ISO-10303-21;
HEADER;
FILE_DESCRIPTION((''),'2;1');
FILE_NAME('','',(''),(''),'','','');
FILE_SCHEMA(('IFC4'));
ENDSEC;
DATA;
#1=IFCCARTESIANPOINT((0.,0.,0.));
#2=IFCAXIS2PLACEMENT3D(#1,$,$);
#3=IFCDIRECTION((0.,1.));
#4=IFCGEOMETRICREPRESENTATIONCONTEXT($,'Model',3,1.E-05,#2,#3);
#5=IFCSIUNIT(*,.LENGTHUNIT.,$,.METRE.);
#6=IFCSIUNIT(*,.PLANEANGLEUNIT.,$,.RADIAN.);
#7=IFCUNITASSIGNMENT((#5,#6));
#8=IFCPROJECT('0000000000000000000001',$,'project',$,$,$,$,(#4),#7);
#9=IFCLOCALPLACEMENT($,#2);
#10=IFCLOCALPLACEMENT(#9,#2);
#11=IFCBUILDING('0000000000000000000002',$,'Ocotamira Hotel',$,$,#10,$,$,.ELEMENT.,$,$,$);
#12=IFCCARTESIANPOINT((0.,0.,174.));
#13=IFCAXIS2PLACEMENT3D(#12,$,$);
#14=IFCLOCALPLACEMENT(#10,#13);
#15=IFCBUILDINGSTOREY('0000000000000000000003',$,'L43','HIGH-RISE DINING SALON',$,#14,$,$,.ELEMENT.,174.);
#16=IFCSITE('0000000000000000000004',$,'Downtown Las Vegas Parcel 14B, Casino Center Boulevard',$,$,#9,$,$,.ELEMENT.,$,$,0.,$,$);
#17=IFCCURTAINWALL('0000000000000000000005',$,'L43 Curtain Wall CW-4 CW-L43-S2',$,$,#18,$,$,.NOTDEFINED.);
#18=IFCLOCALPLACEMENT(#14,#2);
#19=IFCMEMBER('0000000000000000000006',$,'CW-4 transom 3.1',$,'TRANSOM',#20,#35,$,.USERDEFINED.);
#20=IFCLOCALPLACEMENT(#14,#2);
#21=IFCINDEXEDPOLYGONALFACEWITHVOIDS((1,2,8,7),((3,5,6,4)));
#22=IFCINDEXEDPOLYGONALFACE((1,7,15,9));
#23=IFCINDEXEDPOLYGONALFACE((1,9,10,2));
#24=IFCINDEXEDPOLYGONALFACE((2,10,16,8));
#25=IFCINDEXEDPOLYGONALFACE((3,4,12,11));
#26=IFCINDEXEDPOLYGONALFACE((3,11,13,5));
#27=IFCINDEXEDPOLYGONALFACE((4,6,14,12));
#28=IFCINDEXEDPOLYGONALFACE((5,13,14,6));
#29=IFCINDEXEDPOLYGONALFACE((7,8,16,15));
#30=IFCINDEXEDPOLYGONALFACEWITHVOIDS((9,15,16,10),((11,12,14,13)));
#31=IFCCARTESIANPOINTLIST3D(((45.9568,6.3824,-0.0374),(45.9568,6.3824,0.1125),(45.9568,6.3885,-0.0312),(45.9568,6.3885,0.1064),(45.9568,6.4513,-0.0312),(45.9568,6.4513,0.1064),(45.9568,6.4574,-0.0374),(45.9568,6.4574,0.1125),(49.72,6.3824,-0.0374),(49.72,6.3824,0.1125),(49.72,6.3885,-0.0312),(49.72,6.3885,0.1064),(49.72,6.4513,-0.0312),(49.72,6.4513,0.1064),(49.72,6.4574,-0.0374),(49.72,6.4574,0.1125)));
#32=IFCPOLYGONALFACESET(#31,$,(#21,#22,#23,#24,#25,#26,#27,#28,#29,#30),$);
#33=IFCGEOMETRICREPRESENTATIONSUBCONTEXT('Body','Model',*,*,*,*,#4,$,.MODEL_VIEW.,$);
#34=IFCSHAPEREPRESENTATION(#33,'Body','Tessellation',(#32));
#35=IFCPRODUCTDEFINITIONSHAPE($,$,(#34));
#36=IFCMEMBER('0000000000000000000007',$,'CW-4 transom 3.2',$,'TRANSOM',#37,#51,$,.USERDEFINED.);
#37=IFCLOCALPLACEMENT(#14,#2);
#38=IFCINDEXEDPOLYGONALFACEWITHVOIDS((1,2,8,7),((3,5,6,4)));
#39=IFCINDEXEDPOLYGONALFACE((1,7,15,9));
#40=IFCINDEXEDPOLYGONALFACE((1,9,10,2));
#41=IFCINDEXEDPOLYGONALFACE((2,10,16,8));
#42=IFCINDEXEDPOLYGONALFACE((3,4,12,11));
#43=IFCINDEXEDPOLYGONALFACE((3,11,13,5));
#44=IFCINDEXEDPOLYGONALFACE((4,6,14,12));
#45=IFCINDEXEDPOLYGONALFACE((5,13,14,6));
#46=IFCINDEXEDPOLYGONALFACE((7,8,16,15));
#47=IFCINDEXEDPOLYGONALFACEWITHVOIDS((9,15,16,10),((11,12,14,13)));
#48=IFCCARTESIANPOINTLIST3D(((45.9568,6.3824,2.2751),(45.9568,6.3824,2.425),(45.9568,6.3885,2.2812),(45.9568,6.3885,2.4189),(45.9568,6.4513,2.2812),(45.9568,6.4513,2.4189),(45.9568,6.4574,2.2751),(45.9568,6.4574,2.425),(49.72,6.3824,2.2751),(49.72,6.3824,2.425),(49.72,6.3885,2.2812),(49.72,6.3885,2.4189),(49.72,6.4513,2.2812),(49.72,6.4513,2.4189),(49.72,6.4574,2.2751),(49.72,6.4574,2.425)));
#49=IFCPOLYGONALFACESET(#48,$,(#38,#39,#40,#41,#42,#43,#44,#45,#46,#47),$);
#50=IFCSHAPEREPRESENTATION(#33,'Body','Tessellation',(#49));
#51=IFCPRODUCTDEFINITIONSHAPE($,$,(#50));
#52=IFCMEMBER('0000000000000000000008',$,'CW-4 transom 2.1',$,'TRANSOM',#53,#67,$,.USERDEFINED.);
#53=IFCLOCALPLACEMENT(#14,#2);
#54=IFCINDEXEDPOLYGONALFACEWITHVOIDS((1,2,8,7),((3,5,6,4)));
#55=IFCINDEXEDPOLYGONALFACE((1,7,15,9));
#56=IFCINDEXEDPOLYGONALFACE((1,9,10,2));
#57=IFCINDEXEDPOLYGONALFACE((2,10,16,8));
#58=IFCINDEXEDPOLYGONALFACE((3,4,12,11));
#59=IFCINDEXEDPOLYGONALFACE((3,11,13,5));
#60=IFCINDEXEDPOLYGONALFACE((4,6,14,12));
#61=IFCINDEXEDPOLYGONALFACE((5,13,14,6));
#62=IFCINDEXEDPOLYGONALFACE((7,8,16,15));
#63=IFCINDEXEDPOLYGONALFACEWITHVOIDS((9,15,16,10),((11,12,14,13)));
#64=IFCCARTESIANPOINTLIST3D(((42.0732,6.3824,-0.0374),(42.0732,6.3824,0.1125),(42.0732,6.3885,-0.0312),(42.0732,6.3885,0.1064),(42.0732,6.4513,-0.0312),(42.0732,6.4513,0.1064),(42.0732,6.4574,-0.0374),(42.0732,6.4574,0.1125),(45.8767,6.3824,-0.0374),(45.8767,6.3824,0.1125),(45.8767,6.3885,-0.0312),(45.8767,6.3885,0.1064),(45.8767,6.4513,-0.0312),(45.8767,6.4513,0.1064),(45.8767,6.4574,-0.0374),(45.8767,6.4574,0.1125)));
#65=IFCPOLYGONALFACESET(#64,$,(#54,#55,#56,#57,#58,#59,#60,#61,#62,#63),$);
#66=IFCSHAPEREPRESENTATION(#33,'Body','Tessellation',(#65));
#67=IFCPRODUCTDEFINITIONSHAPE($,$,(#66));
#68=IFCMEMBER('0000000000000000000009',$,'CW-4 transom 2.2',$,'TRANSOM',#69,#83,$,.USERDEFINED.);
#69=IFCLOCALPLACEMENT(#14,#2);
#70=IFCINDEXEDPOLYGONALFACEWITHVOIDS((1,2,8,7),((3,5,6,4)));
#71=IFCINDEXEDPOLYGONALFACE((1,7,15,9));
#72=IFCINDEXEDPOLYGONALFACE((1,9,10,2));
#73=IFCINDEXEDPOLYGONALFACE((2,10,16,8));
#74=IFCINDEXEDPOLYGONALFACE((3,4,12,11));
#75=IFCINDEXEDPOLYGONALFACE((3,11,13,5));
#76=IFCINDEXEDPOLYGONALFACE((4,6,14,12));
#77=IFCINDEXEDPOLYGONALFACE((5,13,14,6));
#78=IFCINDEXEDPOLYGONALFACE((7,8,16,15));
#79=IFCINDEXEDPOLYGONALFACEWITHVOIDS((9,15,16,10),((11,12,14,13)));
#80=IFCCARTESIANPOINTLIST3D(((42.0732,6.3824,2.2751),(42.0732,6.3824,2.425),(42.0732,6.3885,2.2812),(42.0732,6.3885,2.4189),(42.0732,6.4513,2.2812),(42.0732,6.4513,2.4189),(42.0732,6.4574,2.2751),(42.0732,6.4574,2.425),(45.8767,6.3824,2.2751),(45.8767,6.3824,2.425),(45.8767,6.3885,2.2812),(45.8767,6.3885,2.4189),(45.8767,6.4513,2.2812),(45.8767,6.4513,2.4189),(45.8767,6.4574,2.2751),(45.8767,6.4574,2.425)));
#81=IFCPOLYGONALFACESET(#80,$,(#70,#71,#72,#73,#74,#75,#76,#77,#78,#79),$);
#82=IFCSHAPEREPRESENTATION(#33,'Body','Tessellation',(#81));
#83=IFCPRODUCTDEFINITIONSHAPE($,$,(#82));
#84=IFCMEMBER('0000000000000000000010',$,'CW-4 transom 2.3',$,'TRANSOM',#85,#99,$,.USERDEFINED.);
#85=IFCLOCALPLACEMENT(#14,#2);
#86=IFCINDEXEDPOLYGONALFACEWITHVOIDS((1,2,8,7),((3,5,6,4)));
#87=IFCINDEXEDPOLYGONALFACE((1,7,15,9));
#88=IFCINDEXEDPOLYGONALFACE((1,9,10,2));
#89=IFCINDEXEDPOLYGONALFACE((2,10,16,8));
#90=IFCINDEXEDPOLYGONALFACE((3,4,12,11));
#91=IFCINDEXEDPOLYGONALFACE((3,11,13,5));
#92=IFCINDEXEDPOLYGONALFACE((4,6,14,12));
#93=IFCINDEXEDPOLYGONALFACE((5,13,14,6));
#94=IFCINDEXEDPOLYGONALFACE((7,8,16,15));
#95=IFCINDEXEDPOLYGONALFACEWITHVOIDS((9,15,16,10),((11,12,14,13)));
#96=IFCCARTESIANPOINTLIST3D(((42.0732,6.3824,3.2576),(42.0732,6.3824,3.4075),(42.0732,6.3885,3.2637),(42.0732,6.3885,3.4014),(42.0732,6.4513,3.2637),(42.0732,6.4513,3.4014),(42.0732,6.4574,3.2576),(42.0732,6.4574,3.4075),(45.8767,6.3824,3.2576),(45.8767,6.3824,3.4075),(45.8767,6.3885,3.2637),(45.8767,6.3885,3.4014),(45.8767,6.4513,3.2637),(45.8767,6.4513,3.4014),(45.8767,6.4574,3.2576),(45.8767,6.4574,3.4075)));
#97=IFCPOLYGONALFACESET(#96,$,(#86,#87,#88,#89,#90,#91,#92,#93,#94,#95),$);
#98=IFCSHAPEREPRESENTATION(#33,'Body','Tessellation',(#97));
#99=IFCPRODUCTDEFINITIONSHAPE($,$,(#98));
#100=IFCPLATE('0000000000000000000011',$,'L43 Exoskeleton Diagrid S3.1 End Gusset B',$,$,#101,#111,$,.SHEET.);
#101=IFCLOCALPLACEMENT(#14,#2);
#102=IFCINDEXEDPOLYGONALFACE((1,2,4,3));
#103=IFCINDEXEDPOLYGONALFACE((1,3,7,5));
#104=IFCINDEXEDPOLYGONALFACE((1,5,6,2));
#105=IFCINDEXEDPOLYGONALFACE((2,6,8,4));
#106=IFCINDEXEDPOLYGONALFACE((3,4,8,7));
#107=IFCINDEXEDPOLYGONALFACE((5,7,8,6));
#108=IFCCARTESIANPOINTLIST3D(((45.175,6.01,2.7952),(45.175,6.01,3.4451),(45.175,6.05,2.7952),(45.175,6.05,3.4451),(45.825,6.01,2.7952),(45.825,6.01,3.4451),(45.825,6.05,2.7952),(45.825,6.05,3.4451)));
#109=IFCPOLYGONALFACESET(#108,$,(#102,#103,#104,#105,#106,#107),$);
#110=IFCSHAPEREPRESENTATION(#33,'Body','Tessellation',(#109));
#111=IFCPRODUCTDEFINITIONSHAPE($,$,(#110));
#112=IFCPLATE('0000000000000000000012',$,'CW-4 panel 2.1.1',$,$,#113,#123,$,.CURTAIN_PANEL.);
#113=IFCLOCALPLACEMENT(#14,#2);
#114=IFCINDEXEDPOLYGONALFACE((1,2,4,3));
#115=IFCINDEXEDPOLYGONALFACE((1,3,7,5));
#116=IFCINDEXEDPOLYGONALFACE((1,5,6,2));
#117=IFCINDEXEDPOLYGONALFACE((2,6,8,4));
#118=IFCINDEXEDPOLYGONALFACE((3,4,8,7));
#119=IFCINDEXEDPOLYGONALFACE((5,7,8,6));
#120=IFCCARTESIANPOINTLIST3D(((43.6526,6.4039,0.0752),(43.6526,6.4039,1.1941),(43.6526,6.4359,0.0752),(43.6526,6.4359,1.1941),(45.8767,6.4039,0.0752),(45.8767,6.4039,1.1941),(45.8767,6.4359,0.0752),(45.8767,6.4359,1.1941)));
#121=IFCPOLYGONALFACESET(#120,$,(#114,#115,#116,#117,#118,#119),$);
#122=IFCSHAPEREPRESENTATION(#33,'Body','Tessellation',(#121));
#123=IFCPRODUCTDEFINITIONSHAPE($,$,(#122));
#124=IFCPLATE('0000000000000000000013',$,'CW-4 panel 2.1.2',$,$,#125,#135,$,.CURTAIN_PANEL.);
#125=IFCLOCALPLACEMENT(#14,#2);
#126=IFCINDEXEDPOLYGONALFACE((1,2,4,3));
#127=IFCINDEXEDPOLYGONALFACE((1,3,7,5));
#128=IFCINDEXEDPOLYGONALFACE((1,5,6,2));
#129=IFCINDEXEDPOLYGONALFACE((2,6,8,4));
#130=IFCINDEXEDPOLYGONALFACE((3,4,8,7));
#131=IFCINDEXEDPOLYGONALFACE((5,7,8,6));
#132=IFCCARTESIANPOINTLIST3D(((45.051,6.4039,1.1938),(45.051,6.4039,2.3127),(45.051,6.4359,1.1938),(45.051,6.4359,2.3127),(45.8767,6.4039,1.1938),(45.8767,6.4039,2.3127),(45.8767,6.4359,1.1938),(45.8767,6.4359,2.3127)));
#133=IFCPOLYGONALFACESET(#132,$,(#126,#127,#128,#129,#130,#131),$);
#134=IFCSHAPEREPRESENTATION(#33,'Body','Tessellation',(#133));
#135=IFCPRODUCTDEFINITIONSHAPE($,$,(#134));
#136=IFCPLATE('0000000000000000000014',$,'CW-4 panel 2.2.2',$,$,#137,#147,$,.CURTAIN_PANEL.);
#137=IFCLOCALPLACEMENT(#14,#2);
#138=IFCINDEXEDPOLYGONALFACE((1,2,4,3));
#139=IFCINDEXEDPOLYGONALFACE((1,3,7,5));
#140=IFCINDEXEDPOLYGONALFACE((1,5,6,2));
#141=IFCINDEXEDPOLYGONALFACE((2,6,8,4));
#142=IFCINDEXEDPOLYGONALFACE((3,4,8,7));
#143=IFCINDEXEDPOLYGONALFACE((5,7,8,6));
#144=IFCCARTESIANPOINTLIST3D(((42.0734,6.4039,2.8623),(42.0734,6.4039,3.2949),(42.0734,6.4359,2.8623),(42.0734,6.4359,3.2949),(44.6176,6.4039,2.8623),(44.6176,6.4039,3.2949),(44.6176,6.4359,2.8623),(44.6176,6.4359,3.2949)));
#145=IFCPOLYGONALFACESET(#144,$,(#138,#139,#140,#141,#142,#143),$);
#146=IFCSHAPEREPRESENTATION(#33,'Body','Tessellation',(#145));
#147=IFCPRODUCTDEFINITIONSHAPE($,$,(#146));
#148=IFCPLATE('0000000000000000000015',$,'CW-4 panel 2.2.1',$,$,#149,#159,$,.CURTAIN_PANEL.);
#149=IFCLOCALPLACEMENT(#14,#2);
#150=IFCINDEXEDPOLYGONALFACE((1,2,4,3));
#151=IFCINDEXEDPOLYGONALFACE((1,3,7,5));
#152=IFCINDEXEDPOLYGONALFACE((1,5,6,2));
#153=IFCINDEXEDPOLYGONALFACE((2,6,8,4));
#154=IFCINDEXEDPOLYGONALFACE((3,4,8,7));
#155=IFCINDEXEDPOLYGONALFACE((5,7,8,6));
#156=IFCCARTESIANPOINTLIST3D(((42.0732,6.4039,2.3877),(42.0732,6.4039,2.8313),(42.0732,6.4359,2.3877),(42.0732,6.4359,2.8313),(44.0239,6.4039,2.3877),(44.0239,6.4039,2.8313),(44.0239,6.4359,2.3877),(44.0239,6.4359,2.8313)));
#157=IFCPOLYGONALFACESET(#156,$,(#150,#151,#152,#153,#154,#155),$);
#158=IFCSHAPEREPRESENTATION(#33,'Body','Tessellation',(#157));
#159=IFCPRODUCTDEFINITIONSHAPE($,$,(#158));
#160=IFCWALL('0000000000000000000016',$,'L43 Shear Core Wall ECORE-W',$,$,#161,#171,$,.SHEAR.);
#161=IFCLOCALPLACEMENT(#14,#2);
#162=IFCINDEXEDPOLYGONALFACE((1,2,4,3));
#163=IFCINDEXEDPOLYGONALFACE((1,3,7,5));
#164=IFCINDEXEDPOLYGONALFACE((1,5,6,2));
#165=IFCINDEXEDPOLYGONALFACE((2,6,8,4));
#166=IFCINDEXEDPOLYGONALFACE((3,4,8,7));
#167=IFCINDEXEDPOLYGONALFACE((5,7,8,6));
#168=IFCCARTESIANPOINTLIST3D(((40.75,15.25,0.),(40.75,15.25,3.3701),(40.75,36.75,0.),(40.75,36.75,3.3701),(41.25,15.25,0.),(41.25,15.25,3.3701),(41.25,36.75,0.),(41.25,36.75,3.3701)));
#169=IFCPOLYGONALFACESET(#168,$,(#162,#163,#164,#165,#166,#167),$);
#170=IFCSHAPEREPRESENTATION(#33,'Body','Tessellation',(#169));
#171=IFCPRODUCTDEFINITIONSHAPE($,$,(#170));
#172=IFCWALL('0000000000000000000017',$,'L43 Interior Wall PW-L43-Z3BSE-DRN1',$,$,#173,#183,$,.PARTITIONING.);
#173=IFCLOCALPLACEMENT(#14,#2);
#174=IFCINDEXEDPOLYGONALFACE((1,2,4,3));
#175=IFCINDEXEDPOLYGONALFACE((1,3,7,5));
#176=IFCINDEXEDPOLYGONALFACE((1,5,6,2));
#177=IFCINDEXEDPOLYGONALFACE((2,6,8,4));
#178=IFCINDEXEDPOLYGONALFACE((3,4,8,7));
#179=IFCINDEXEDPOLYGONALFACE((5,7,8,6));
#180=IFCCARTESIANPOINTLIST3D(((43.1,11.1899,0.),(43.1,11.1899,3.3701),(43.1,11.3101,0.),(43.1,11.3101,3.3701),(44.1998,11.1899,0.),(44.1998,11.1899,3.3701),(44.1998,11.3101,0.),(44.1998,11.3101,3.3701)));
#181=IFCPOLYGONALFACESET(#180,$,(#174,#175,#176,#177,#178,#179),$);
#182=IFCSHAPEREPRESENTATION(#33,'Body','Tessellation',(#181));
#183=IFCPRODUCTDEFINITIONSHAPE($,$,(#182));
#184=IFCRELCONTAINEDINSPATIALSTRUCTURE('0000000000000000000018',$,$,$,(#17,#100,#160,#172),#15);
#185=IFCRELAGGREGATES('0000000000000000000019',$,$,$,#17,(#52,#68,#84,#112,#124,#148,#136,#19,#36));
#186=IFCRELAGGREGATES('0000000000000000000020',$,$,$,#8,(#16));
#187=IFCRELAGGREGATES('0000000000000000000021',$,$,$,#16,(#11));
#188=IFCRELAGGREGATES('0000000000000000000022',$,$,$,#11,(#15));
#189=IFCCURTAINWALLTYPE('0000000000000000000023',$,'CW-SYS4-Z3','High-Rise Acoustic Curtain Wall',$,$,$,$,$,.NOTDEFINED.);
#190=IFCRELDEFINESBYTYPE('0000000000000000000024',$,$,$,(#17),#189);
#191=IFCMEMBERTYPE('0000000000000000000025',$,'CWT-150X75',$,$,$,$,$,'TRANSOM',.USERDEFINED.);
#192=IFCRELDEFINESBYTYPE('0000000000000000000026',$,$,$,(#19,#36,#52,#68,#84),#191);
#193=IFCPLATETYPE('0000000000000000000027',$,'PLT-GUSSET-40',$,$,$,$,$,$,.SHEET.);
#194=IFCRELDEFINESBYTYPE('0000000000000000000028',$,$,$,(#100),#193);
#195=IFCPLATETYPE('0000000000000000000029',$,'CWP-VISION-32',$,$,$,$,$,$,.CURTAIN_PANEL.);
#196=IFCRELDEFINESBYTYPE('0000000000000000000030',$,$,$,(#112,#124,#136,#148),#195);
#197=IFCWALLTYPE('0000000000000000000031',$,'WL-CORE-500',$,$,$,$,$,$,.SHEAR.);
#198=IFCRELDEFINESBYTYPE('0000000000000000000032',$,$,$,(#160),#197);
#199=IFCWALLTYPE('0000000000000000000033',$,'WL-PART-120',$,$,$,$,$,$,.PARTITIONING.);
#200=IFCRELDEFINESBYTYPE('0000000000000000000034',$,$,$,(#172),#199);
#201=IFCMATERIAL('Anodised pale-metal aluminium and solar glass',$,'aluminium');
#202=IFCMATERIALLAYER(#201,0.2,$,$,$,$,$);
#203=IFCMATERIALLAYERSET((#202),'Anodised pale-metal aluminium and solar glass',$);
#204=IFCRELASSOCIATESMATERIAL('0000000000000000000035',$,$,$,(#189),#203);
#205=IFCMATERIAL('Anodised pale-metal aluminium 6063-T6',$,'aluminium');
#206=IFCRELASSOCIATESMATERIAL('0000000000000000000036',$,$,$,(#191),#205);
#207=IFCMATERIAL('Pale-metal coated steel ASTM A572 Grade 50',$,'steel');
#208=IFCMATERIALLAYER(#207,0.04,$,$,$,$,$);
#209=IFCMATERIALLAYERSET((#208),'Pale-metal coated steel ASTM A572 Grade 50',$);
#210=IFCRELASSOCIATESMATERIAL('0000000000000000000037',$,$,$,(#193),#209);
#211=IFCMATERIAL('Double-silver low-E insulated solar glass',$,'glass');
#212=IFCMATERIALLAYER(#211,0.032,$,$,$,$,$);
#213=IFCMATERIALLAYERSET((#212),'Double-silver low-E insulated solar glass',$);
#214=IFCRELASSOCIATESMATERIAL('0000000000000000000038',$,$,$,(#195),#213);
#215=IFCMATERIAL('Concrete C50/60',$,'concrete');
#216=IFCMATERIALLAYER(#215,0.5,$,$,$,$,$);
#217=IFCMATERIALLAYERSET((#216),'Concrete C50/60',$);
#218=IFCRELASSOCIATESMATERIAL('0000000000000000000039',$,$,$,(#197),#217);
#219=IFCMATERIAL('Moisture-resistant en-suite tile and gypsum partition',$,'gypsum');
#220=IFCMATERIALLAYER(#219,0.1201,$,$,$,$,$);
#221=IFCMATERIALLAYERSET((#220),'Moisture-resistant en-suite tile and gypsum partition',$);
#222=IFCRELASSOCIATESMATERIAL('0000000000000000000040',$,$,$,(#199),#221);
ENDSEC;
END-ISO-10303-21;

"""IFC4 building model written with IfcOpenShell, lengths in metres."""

from ifc_helpers import new_model, si_unit, direction, frame, frame_2d, origin, origin_2d, place, context, subcontext, project, spatial, rectangle, hollow_rectangle, extrude, source, transform, mapped, material, layer, layer_set, material_profile, profile_set, type_object, element, aggregate, save


model = new_model("IFC4")

# Units and contexts
model_context = context("Model", 3, precision=1e-05, world=origin(), true_north=direction((0.0, 1.0)))
body_context = subcontext(model_context, "Body", "Model", "MODEL_VIEW")
ifc_project = project(units=[si_unit("LENGTHUNIT", "METRE"), si_unit("PLANEANGLEUNIT", "RADIAN")], contexts=[model_context])

# Site, building, storey
site_placement = place(None, origin())
site = spatial("IfcSite", under=ifc_project, at=site_placement, Name="Downtown Las Vegas Parcel 14B, Casino Center Boulevard", CompositionType="ELEMENT", RefElevation=0.0)
building_placement = place(site_placement, origin())
building = spatial("IfcBuilding", under=site, at=building_placement, Name="Ocotamira Hotel", CompositionType="ELEMENT")
storey_placement = place(building_placement, frame((0.0, 0.0, 174.0)))
storey = spatial("IfcBuildingStorey", under=building, at=storey_placement, Name="L43", Description="HIGH-RISE DINING SALON", CompositionType="ELEMENT", Elevation=174.0)

# Curtain wall, members
ifc_material_1 = material(Name="Anodised pale-metal aluminium and solar glass", Category="aluminium")
ifc_layer_1 = layer(ifc_material_1, 0.2)
ifc_layer_set_1 = layer_set([ifc_layer_1], Name="Anodised pale-metal aluminium and solar glass")
curtain_wall_type = type_object("IfcCurtainWallType", Name="CW-SYS4-Z3", Description="High-Rise Acoustic Curtain Wall", PredefinedType="NOTDEFINED", material=ifc_layer_set_1)
curtain_wall_placement = place(storey_placement, origin())
curtain_wall = element("IfcCurtainWall", 1, at=curtain_wall_placement, inside=storey, type_object=curtain_wall_type, Name="L43 Curtain Wall CW-4 CW-L43-S2", PredefinedType="NOTDEFINED")
ifc_material_2 = material(Name="Anodised pale-metal aluminium 6063-T6", Category="aluminium")
ifc_material_profile_1 = material_profile(ifc_material_2, hollow_rectangle(XDim=0.075, YDim=0.1499, WallThickness=0.0061, at=origin_2d()), Name="HSS150X75X6")
ifc_profile_set_1 = profile_set([ifc_material_profile_1], Name="Anodised pale-metal aluminium 6063-T6")
member_type_1 = type_object("IfcMemberType", Name="CWT-150X75", ElementType="TRANSOM", PredefinedType="USERDEFINED", material=ifc_profile_set_1)
shared_shape_1 = source(origin(), body_context, "Body", "SweptSolid", [
    extrude(hollow_rectangle(XDim=0.075, YDim=0.1499, WallThickness=0.0061, at=origin_2d()), origin(), (0.0, 0.0, 1.0), 3.7632),
])
member_1_placement = place(storey_placement, frame((45.9568, 6.4199, 0.0376), z_axis=(1.0, 0.0, 0.0), x_axis=(0.0, 1.0, 0.0)))
member_1 = element("IfcMember", 2, at=member_1_placement, type_object=member_type_1, Name="CW-4 transom 3.1", ObjectType="TRANSOM", PredefinedType="USERDEFINED", context=body_context, shape_type="MappedRepresentation", body=[
    mapped(shared_shape_1, transform((0.0, 0.0, 0.0), scale=1.0)),
])
member_2_placement = place(storey_placement, frame((45.9568, 6.4199, 2.3501), z_axis=(1.0, 0.0, 0.0), x_axis=(0.0, 1.0, 0.0)))
member_2 = element("IfcMember", 3, at=member_2_placement, type_object=member_type_1, Name="CW-4 transom 3.2", ObjectType="TRANSOM", PredefinedType="USERDEFINED", context=body_context, shape_type="MappedRepresentation", body=[
    mapped(shared_shape_1, transform((0.0, 0.0, 0.0), scale=1.0)),
])
shared_shape_2 = source(origin(), body_context, "Body", "SweptSolid", [
    extrude(hollow_rectangle(XDim=0.075, YDim=0.1499, WallThickness=0.0061, at=origin_2d()), origin(), (0.0, 0.0, 1.0), 3.8035),
])
member_3_placement = place(storey_placement, frame((42.0732, 6.4199, 0.0376), z_axis=(1.0, 0.0, 0.0), x_axis=(0.0, 1.0, 0.0)))
member_3 = element("IfcMember", 4, at=member_3_placement, type_object=member_type_1, Name="CW-4 transom 2.1", ObjectType="TRANSOM", PredefinedType="USERDEFINED", context=body_context, shape_type="MappedRepresentation", body=[
    mapped(shared_shape_2, transform((0.0, 0.0, 0.0), scale=1.0)),
])
member_4_placement = place(storey_placement, frame((42.0732, 6.4199, 2.3501), z_axis=(1.0, 0.0, 0.0), x_axis=(0.0, 1.0, 0.0)))
member_4 = element("IfcMember", 5, at=member_4_placement, type_object=member_type_1, Name="CW-4 transom 2.2", ObjectType="TRANSOM", PredefinedType="USERDEFINED", context=body_context, shape_type="MappedRepresentation", body=[
    mapped(shared_shape_2, transform((0.0, 0.0, 0.0), scale=1.0)),
])
member_5_placement = place(storey_placement, frame((42.0732, 6.4199, 3.3325), z_axis=(1.0, 0.0, 0.0), x_axis=(0.0, 1.0, 0.0)))
member_5 = element("IfcMember", 6, at=member_5_placement, type_object=member_type_1, Name="CW-4 transom 2.3", ObjectType="TRANSOM", PredefinedType="USERDEFINED", context=body_context, shape_type="MappedRepresentation", body=[
    mapped(shared_shape_2, transform((0.0, 0.0, 0.0), scale=1.0)),
])

# Plates
ifc_material_3 = material(Name="Pale-metal coated steel ASTM A572 Grade 50", Category="steel")
ifc_layer_2 = layer(ifc_material_3, 0.04)
ifc_layer_set_2 = layer_set([ifc_layer_2], Name="Pale-metal coated steel ASTM A572 Grade 50")
plate_type_1 = type_object("IfcPlateType", Name="PLT-GUSSET-40", PredefinedType="SHEET", material=ifc_layer_set_2)
shared_shape_3 = source(origin(), body_context, "Body", "SweptSolid", [
    extrude(rectangle(XDim=0.6499, YDim=0.04, at=origin_2d()), origin(), (0.0, 0.0, 1.0), 0.6499),
])
plate_1_placement = place(storey_placement, frame((45.5, 6.03, 2.7952), z_axis=(0.0, 0.0, 1.0), x_axis=(1.0, 0.0, 0.0)))
element("IfcPlate", 7, at=plate_1_placement, inside=storey, type_object=plate_type_1, Name="L43 Exoskeleton Diagrid S3.1 End Gusset B", PredefinedType="SHEET", context=body_context, shape_type="MappedRepresentation", body=[
    mapped(shared_shape_3, transform((0.0, 0.0, 0.0), scale=1.0)),
])
ifc_material_4 = material(Name="Double-silver low-E insulated solar glass", Category="glass")
ifc_layer_3 = layer(ifc_material_4, 0.032)
ifc_layer_set_3 = layer_set([ifc_layer_3], Name="Double-silver low-E insulated solar glass")
plate_type_2 = type_object("IfcPlateType", Name="CWP-VISION-32", PredefinedType="CURTAIN_PANEL", material=ifc_layer_set_3)
shared_shape_4 = source(origin(), body_context, "Body", "SweptSolid", [
    extrude(rectangle(XDim=2.2241, YDim=0.032, at=origin_2d()), origin(), (0.0, 0.0, 1.0), 1.1189),
])
plate_2_placement = place(storey_placement, frame((44.7646, 6.4199, 0.0752), z_axis=(0.0, 0.0, 1.0), x_axis=(1.0, 0.0, 0.0)))
plate_2 = element("IfcPlate", 8, at=plate_2_placement, type_object=plate_type_2, Name="CW-4 panel 2.1.1", PredefinedType="CURTAIN_PANEL", context=body_context, shape_type="MappedRepresentation", body=[
    mapped(shared_shape_4, transform((0.0, 0.0, 0.0), scale=1.0)),
])
shared_shape_5 = source(origin(), body_context, "Body", "SweptSolid", [
    extrude(rectangle(XDim=0.8257, YDim=0.032, at=origin_2d()), origin(), (0.0, 0.0, 1.0), 1.1189),
])
plate_3_placement = place(storey_placement, frame((45.4639, 6.4199, 1.1938), z_axis=(0.0, 0.0, 1.0), x_axis=(1.0, 0.0, 0.0)))
plate_3 = element("IfcPlate", 9, at=plate_3_placement, type_object=plate_type_2, Name="CW-4 panel 2.1.2", PredefinedType="CURTAIN_PANEL", context=body_context, shape_type="MappedRepresentation", body=[
    mapped(shared_shape_5, transform((0.0, 0.0, 0.0), scale=1.0)),
])
shared_shape_6 = source(origin(), body_context, "Body", "SweptSolid", [
    extrude(rectangle(XDim=2.5442, YDim=0.032, at=origin_2d()), origin(), (0.0, 0.0, 1.0), 0.4326),
])
plate_4_placement = place(storey_placement, frame((43.3455, 6.4199, 2.8623), z_axis=(0.0, 0.0, 1.0), x_axis=(1.0, 0.0, 0.0)))
plate_4 = element("IfcPlate", 10, at=plate_4_placement, type_object=plate_type_2, Name="CW-4 panel 2.2.2", PredefinedType="CURTAIN_PANEL", context=body_context, shape_type="MappedRepresentation", body=[
    mapped(shared_shape_6, transform((0.0, 0.0, 0.0), scale=1.0)),
])
shared_shape_7 = source(origin(), body_context, "Body", "SweptSolid", [
    extrude(rectangle(XDim=1.9507, YDim=0.032, at=origin_2d()), origin(), (0.0, 0.0, 1.0), 0.4436),
])
plate_5_placement = place(storey_placement, frame((43.0486, 6.4199, 2.3877), z_axis=(0.0, 0.0, 1.0), x_axis=(1.0, 0.0, 0.0)))
plate_5 = element("IfcPlate", 11, at=plate_5_placement, type_object=plate_type_2, Name="CW-4 panel 2.2.1", PredefinedType="CURTAIN_PANEL", context=body_context, shape_type="MappedRepresentation", body=[
    mapped(shared_shape_7, transform((0.0, 0.0, 0.0), scale=1.0)),
])
aggregate(curtain_wall, [member_3, member_4, member_5, plate_2, plate_3, plate_5, plate_4, member_1, member_2])

# Shared definitions
ifc_material_5 = material(Name="Concrete C50/60", Category="concrete")
ifc_layer_4 = layer(ifc_material_5, 0.5)
ifc_layer_set_4 = layer_set([ifc_layer_4], Name="Concrete C50/60")
wall_type_1 = type_object("IfcWallType", Name="WL-CORE-500", PredefinedType="SHEAR", material=ifc_layer_set_4)

# Walls
wall_1_placement = place(storey_placement, frame((41.0, 15.25, 0.0), z_axis=(0.0, 0.0, 1.0), x_axis=(0.0, 1.0, 0.0)))
element("IfcWall", 12, at=wall_1_placement, inside=storey, type_object=wall_type_1, Name="L43 Shear Core Wall ECORE-W", PredefinedType="SHEAR", context=body_context, shape_type="SweptSolid", body=[
    extrude(rectangle(XDim=21.5, YDim=0.5, at=frame_2d((10.75, 0.0))), origin(), (0.0, 0.0, 1.0), 3.3701),
])
ifc_material_6 = material(Name="Moisture-resistant en-suite tile and gypsum partition", Category="gypsum")
ifc_layer_5 = layer(ifc_material_6, 0.1201)
ifc_layer_set_5 = layer_set([ifc_layer_5], Name="Moisture-resistant en-suite tile and gypsum partition")
wall_type_2 = type_object("IfcWallType", Name="WL-PART-120", PredefinedType="PARTITIONING", material=ifc_layer_set_5)
wall_2_placement = place(storey_placement, frame((43.1001, 11.25, 0.0), z_axis=(0.0, 0.0, 1.0), x_axis=(1.0, 0.0, 0.0)))
element("IfcWall", 13, at=wall_2_placement, inside=storey, type_object=wall_type_2, Name="L43 Interior Wall PW-L43-Z3BSE-DRN1", PredefinedType="PARTITIONING", context=body_context, shape_type="SweptSolid", body=[
    extrude(rectangle(XDim=1.0999, YDim=0.1201, at=frame_2d((0.5498, 0.0))), origin(), (0.0, 0.0, 1.0), 3.3701),
])

save(model, "model.ifc")
